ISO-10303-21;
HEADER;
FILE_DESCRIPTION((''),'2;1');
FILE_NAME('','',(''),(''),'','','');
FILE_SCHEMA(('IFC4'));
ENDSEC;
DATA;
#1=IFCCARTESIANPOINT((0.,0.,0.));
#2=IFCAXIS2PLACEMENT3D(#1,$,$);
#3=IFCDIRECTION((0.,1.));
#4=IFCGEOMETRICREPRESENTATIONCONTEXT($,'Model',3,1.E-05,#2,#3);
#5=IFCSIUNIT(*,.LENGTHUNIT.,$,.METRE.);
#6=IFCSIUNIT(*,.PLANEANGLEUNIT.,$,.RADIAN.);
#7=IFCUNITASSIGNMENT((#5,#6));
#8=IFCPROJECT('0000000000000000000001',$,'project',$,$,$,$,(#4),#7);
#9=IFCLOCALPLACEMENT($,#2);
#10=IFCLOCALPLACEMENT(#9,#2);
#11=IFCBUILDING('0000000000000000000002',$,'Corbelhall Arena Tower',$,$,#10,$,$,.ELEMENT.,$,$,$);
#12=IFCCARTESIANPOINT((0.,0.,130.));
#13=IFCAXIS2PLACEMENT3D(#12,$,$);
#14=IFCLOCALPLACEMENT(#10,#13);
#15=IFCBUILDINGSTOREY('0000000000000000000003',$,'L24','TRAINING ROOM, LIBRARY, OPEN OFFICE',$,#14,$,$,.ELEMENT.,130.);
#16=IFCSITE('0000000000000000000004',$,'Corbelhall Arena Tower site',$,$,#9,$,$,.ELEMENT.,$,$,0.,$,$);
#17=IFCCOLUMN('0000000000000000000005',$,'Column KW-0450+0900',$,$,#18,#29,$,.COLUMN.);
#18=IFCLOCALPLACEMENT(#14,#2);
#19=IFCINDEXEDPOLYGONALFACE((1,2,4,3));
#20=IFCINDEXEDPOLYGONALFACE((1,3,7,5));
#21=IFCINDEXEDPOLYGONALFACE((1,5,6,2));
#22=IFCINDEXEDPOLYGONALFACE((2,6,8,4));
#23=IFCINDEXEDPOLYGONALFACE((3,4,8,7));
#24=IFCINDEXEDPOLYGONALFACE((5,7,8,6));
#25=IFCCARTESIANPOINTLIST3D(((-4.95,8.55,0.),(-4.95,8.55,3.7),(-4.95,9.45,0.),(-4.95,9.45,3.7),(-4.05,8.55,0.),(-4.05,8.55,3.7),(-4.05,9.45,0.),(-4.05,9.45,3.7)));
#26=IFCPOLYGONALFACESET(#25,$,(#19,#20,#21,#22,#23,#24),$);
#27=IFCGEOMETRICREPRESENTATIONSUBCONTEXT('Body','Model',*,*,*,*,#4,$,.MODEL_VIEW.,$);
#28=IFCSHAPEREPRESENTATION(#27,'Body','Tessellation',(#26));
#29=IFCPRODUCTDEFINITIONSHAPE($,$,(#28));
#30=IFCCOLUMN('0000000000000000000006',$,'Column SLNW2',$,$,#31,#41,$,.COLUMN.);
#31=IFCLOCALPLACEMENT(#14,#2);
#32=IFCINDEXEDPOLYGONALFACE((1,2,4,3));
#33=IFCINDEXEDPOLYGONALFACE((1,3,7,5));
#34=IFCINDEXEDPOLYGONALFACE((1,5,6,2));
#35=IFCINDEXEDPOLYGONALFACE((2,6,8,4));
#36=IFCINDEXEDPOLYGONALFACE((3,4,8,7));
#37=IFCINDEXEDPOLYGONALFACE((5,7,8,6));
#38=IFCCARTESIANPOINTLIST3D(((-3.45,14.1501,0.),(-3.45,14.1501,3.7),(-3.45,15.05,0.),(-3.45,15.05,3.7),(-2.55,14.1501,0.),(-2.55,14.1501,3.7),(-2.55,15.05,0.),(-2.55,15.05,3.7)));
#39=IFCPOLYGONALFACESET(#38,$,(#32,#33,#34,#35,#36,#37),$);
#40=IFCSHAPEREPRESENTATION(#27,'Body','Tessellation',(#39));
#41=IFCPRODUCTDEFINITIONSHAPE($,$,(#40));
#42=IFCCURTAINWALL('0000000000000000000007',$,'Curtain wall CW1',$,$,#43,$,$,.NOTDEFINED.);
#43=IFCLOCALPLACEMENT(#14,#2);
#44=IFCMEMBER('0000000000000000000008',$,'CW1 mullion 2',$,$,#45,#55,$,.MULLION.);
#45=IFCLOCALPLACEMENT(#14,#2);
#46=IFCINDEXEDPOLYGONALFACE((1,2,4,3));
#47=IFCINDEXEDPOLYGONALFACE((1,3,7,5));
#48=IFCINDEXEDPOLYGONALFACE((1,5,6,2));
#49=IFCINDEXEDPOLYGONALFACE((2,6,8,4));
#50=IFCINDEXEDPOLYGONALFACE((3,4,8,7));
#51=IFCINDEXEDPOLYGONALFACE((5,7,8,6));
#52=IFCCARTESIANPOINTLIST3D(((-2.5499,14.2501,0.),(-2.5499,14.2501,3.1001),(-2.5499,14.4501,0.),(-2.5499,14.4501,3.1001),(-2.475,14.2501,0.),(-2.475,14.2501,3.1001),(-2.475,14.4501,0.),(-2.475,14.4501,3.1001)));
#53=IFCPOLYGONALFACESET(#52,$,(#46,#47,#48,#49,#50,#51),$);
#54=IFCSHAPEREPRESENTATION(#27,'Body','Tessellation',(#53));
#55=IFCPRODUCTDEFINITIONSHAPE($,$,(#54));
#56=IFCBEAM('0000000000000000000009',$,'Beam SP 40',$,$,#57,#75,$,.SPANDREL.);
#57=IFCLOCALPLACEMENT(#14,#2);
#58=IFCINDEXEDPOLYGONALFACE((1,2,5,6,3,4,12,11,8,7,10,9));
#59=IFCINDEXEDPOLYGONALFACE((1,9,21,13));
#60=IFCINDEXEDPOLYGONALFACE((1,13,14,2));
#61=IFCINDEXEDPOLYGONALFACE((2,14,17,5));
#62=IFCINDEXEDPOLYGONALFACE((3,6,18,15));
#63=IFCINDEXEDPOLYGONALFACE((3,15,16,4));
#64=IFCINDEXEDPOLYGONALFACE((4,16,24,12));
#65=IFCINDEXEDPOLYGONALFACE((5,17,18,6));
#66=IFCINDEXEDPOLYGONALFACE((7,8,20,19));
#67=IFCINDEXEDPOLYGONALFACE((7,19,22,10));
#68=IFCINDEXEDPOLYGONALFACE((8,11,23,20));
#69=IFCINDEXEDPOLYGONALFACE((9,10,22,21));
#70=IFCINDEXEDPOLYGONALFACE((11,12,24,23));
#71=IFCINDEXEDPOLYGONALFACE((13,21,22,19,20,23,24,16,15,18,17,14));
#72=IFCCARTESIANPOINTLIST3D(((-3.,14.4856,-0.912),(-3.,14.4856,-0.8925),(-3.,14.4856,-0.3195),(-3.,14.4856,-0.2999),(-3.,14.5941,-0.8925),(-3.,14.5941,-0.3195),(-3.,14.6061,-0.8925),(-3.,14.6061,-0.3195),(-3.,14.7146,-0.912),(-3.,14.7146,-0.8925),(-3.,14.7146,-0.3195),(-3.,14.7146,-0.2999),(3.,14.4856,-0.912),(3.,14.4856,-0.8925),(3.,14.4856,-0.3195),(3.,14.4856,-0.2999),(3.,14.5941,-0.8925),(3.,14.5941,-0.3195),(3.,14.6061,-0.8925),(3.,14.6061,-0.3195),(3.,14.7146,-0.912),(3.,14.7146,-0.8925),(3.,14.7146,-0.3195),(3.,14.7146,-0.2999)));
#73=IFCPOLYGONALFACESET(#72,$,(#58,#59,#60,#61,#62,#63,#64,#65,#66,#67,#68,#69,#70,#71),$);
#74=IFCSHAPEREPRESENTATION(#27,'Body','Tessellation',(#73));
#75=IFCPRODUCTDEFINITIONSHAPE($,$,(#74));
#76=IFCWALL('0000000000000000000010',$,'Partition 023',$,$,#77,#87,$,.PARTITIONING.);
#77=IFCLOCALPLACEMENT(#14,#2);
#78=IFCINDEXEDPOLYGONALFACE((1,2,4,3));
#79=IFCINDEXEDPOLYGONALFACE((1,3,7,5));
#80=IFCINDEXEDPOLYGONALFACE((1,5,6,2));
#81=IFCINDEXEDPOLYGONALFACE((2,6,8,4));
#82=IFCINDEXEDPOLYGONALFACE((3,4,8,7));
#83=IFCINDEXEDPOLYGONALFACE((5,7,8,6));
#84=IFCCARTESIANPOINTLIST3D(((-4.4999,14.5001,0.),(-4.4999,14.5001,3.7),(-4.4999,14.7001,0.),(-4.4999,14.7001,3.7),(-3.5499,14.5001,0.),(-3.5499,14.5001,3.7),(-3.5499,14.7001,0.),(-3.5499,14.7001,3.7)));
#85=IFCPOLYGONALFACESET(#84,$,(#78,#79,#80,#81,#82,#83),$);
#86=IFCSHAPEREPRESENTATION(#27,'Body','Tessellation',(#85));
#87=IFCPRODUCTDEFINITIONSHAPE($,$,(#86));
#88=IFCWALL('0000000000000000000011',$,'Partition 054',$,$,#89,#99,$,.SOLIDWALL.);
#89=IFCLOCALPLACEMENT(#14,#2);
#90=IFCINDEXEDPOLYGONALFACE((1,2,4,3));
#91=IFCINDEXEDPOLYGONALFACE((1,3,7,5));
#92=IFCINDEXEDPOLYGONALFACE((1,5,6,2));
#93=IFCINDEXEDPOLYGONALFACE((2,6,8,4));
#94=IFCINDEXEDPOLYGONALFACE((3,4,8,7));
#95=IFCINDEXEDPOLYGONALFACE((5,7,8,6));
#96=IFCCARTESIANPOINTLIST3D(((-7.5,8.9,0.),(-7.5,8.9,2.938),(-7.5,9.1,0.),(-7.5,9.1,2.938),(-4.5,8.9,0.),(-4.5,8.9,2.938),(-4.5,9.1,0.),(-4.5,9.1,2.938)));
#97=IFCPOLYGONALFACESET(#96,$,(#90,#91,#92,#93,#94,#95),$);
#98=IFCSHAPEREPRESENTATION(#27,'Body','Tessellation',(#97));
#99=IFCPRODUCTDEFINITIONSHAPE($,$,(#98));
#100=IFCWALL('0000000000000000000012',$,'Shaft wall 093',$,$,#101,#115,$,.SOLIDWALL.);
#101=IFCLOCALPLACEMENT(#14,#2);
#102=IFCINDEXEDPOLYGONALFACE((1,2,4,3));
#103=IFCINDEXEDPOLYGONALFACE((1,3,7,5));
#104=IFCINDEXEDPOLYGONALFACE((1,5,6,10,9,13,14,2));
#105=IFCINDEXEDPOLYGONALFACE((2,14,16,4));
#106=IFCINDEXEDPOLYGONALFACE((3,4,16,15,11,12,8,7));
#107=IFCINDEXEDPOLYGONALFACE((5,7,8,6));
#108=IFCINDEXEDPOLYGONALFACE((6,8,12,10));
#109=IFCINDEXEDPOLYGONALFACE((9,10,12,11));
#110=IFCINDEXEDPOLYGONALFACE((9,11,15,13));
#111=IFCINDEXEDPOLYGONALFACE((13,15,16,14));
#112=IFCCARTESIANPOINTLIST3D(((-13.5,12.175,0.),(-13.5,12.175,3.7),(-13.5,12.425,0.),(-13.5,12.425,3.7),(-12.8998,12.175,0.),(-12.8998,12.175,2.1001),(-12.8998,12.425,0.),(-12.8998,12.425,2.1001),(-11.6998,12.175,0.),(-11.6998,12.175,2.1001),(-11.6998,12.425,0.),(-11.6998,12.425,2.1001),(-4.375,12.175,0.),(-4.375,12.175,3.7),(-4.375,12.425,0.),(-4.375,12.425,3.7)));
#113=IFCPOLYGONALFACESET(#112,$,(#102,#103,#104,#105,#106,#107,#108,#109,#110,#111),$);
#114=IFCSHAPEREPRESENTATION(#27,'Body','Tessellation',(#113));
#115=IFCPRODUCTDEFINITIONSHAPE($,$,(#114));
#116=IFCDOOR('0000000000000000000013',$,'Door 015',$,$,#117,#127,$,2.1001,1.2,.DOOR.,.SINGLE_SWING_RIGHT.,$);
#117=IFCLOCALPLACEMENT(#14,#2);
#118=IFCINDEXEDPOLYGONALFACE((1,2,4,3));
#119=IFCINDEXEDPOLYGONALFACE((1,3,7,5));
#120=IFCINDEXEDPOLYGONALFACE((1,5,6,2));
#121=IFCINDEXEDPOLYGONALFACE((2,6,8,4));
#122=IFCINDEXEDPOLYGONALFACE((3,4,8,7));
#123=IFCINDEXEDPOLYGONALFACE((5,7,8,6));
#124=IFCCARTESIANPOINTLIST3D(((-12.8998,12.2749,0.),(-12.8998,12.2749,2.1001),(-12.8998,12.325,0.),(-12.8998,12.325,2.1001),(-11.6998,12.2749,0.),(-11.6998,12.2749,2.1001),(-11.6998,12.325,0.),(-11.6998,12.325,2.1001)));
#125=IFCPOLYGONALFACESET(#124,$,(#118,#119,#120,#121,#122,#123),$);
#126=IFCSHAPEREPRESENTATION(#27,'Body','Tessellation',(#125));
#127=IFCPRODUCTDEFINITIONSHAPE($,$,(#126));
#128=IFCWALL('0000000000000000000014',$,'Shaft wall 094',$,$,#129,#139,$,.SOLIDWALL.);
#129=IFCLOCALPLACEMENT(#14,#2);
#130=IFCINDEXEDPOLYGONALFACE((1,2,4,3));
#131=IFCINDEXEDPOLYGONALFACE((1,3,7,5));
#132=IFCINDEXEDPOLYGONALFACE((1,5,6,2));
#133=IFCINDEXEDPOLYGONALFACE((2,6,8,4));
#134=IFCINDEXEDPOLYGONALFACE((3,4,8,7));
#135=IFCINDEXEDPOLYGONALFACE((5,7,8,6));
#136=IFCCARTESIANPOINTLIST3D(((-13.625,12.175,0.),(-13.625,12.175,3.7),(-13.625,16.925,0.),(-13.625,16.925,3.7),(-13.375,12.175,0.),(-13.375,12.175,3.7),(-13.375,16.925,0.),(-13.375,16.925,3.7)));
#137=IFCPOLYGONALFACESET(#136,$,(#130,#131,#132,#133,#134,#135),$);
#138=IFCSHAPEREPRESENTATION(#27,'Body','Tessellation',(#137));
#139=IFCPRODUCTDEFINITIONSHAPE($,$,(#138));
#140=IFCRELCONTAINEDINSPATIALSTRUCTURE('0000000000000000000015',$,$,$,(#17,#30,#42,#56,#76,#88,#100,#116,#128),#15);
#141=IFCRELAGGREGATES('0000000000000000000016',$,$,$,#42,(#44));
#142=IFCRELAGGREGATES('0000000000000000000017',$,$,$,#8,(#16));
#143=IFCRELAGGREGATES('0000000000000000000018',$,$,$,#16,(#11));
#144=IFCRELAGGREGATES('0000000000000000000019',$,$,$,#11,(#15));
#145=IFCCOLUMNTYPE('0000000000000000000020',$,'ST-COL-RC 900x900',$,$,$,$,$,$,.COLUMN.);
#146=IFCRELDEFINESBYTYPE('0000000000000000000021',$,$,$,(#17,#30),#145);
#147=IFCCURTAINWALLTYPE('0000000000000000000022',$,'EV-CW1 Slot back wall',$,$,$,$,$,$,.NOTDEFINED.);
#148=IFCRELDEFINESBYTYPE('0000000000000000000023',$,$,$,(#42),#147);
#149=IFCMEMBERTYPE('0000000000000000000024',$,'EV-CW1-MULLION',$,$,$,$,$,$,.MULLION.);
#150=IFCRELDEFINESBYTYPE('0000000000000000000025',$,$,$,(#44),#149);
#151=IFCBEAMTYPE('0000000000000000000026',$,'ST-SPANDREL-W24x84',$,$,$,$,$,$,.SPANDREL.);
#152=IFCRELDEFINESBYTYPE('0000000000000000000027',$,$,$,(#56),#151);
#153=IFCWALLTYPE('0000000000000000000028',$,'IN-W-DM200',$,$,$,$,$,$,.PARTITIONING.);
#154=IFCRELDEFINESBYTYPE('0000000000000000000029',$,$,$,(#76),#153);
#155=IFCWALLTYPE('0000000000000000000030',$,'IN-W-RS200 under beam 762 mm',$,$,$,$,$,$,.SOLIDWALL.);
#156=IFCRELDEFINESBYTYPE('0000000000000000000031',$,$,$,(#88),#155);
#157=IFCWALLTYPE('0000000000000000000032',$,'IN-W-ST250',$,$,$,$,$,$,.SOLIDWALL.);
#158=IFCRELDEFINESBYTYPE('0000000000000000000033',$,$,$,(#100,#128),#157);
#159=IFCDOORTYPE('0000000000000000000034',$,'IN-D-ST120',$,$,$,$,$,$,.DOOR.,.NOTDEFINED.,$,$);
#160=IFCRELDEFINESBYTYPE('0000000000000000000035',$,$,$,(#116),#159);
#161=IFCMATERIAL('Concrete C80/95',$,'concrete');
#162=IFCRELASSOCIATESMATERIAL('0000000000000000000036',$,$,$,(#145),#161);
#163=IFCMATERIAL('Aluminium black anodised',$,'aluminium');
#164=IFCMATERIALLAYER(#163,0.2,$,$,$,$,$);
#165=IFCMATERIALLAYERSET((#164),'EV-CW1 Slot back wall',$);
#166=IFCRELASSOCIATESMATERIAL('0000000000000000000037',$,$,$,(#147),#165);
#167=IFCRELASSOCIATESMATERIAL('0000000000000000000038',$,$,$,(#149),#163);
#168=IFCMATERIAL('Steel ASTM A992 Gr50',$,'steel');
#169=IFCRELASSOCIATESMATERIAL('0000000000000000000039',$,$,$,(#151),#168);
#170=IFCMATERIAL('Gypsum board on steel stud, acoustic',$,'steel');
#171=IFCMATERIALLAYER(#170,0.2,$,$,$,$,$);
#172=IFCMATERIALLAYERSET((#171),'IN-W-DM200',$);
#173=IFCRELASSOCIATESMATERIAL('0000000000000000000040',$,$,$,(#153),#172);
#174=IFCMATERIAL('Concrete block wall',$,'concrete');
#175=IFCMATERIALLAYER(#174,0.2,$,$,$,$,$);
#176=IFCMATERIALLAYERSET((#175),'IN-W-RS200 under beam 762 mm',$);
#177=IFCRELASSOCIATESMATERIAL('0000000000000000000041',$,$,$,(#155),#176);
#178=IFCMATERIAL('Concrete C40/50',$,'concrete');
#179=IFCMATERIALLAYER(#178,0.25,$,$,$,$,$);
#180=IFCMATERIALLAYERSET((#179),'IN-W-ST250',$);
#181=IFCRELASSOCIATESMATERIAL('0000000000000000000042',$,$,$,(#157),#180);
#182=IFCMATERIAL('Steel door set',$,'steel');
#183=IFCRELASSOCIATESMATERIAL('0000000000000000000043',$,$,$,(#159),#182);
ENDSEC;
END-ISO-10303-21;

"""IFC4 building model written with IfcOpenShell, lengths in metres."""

from ifc_helpers import new_model, si_unit, direction, frame, frame_2d, origin, origin_2d, place, context, subcontext, project, spatial, rectangle, i_section, extrude, material, layer, layer_set, material_profile, profile_set, type_object, element, fill, aggregate, save


model = new_model("IFC4")

# Units and contexts
model_context = context("Model", 3, precision=1e-05, world=origin(), true_north=direction((0.0, 1.0)))
body_context = subcontext(model_context, "Body", "Model", "MODEL_VIEW")
ifc_project = project(units=[si_unit("LENGTHUNIT", "METRE"), si_unit("PLANEANGLEUNIT", "RADIAN")], contexts=[model_context])

# Site, building, storey
site_placement = place(None, origin())
site = spatial("IfcSite", under=ifc_project, at=site_placement, Name="Corbelhall Arena Tower site", CompositionType="ELEMENT", RefElevation=0.0)
building_placement = place(site_placement, origin())
building = spatial("IfcBuilding", under=site, at=building_placement, Name="Corbelhall Arena Tower", CompositionType="ELEMENT")
storey_placement = place(building_placement, frame((0.0, 0.0, 130.0)))
storey = spatial("IfcBuildingStorey", under=building, at=storey_placement, Name="L24", Description="TRAINING ROOM, LIBRARY, OPEN OFFICE", CompositionType="ELEMENT", Elevation=130.0)

# Columns
ifc_material_1 = material(Name="Concrete C80/95", Category="concrete")
ifc_material_profile_1 = material_profile(ifc_material_1, rectangle(XDim=0.8999, YDim=0.8999, at=origin_2d()))
ifc_profile_set_1 = profile_set([ifc_material_profile_1], Name="Concrete C80/95")
column_type = type_object("IfcColumnType", Name="ST-COL-RC 900x900", PredefinedType="COLUMN", material=ifc_profile_set_1)
for number, where, z_axis, x_axis, name in (
    (1, (-4.5, 9.0, 0.0), (0.0, 0.0, 1.0), (1.0, 0.0, 0.0), "Column KW-0450+0900"),
    (2, (-3.0, 14.6001, 0.0), (0.0, 0.0, 1.0), (1.0, 0.0, 0.0), "Column SLNW2"),
):
    element("IfcColumn", number, at=place(storey_placement, frame(where, z_axis=z_axis, x_axis=x_axis)), inside=storey, type_object=column_type, Name=name, PredefinedType="COLUMN", context=body_context, shape_type="SweptSolid", body=[
        extrude(rectangle(XDim=0.8999, YDim=0.8999, at=origin_2d()), origin(), (0.0, 0.0, 1.0), 3.7),
    ])

# Curtain wall, member
ifc_material_2 = material(Name="Aluminium black anodised", Category="aluminium")
ifc_layer_1 = layer(ifc_material_2, 0.2)
ifc_layer_set_1 = layer_set([ifc_layer_1], Name="EV-CW1 Slot back wall")
curtain_wall_type = type_object("IfcCurtainWallType", Name="EV-CW1 Slot back wall", PredefinedType="NOTDEFINED", material=ifc_layer_set_1)
curtain_wall_placement = place(storey_placement, origin())
curtain_wall = element("IfcCurtainWall", 3, at=curtain_wall_placement, inside=storey, type_object=curtain_wall_type, Name="Curtain wall CW1", PredefinedType="NOTDEFINED")
ifc_material_profile_2 = material_profile(ifc_material_2, rectangle(XDim=0.2, YDim=0.075, at=origin_2d()))
ifc_profile_set_2 = profile_set([ifc_material_profile_2], Name="Aluminium black anodised")
member_type = type_object("IfcMemberType", Name="EV-CW1-MULLION", PredefinedType="MULLION", material=ifc_profile_set_2)
member_placement = place(storey_placement, frame((-2.5125, 14.3501, 0.0), z_axis=(0.0, 0.0, 1.0), x_axis=(0.0, -1.0, 0.0)))
member = element("IfcMember", 4, at=member_placement, type_object=member_type, Name="CW1 mullion 2", PredefinedType="MULLION", context=body_context, shape_type="SweptSolid", body=[
    extrude(rectangle(XDim=0.2, YDim=0.075, at=origin_2d()), origin(), (0.0, 0.0, 1.0), 3.1001),
])
aggregate(curtain_wall, [member])

# Beam
ifc_material_3 = material(Name="Steel ASTM A992 Gr50", Category="steel")
ifc_material_profile_3 = material_profile(ifc_material_3, i_section(OverallWidth=0.229, OverallDepth=0.6121, WebThickness=0.012, FlangeThickness=0.0195, at=origin_2d()))
ifc_profile_set_3 = profile_set([ifc_material_profile_3], Name="Steel ASTM A992 Gr50")
beam_type = type_object("IfcBeamType", Name="ST-SPANDREL-W24x84", PredefinedType="SPANDREL", material=ifc_profile_set_3)
beam_placement = place(storey_placement, frame((-3.0, 14.6001, -0.606), z_axis=(1.0, 0.0, 0.0), x_axis=(0.0, 1.0, 0.0)))
element("IfcBeam", 5, at=beam_placement, inside=storey, type_object=beam_type, Name="Beam SP 40", PredefinedType="SPANDREL", context=body_context, shape_type="SweptSolid", body=[
    extrude(i_section(OverallWidth=0.229, OverallDepth=0.6121, WebThickness=0.012, FlangeThickness=0.0195, at=origin_2d()), origin(), (0.0, 0.0, 1.0), 6.0),
])

# Shared definitions
ifc_material_4 = material(Name="Gypsum board on steel stud, acoustic", Category="steel")
ifc_layer_2 = layer(ifc_material_4, 0.2)
ifc_layer_set_2 = layer_set([ifc_layer_2], Name="IN-W-DM200")
wall_type_1 = type_object("IfcWallType", Name="IN-W-DM200", PredefinedType="PARTITIONING", material=ifc_layer_set_2)
ifc_material_5 = material(Name="Steel door set", Category="steel")

# Walls
wall_1_placement = place(storey_placement, frame((-4.5, 14.6001, 0.0), z_axis=(0.0, 0.0, 1.0), x_axis=(1.0, 0.0, 0.0)))
element("IfcWall", 6, at=wall_1_placement, inside=storey, type_object=wall_type_1, Name="Partition 023", PredefinedType="PARTITIONING", context=body_context, shape_type="SweptSolid", body=[
    extrude(rectangle(XDim=0.95, YDim=0.2, at=frame_2d((0.4751, 0.0))), origin(), (0.0, 0.0, 1.0), 3.7),
])
ifc_material_6 = material(Name="Concrete block wall", Category="concrete")
ifc_layer_3 = layer(ifc_material_6, 0.2)
ifc_layer_set_3 = layer_set([ifc_layer_3], Name="IN-W-RS200 under beam 762 mm")
wall_type_2 = type_object("IfcWallType", Name="IN-W-RS200 under beam 762 mm", PredefinedType="SOLIDWALL", material=ifc_layer_set_3)
wall_2_placement = place(storey_placement, frame((-7.5, 9.0, 0.0), z_axis=(0.0, 0.0, 1.0), x_axis=(1.0, 0.0, 0.0)))
element("IfcWall", 7, at=wall_2_placement, inside=storey, type_object=wall_type_2, Name="Partition 054", PredefinedType="SOLIDWALL", context=body_context, shape_type="SweptSolid", body=[
    extrude(rectangle(XDim=3.0, YDim=0.2, at=frame_2d((1.5, 0.0))), origin(), (0.0, 0.0, 1.0), 2.938),
])

# Wall, opening, door
ifc_material_7 = material(Name="Concrete C40/50", Category="concrete")
ifc_layer_4 = layer(ifc_material_7, 0.25)
ifc_layer_set_4 = layer_set([ifc_layer_4], Name="IN-W-ST250")
wall_type_3 = type_object("IfcWallType", Name="IN-W-ST250", PredefinedType="SOLIDWALL", material=ifc_layer_set_4)
wall_3_placement = place(storey_placement, frame((-13.5, 12.3, 0.0), z_axis=(0.0, 0.0, 1.0), x_axis=(1.0, 0.0, 0.0)))
wall_3 = element("IfcWall", 8, at=wall_3_placement, inside=storey, type_object=wall_type_3, Name="Shaft wall 093", PredefinedType="SOLIDWALL", context=body_context, shape_type="SweptSolid", body=[
    extrude(rectangle(XDim=9.125, YDim=0.25, at=frame_2d((4.5625, 0.0))), origin(), (0.0, 0.0, 1.0), 3.7),
])
opening_1_placement = place(wall_3_placement, frame((0.6001, 0.0, 0.0)))
opening_1 = element("IfcOpeningElement", 9, at=opening_1_placement, cuts=wall_3, PredefinedType="OPENING", context=body_context, shape_type="SweptSolid", body=[
    extrude(rectangle(XDim=1.2, YDim=2.1001, at=frame_2d((0.6001, 1.05))), frame((0.0, 0.125, 0.0), z_axis=(0.0, -1.0, 0.0), x_axis=(1.0, 0.0, 0.0)), (0.0, 0.0, 1.0), 0.25),
])
door_type_1 = type_object("IfcDoorType", Name="IN-D-ST120", OperationType="NOTDEFINED", PredefinedType="DOOR", material=ifc_material_5)
door_1_placement = place(opening_1_placement, origin())
door_1 = element("IfcDoor", 10, at=door_1_placement, inside=storey, type_object=door_type_1, Name="Door 015", OperationType="SINGLE_SWING_RIGHT", OverallHeight=2.1001, OverallWidth=1.2, PredefinedType="DOOR", context=body_context, shape_type="SweptSolid", body=[
    extrude(rectangle(XDim=1.2, YDim=2.1001, at=frame_2d((0.6001, 1.05))), frame((0.0, 0.0249, 0.0), z_axis=(0.0, -1.0, 0.0), x_axis=(1.0, 0.0, 0.0)), (0.0, 0.0, 1.0), 0.05),
])
fill(opening_1, door_1)

# Wall
wall_4_placement = place(storey_placement, frame((-13.5, 12.175, 0.0), z_axis=(0.0, 0.0, 1.0), x_axis=(0.0, 1.0, 0.0)))
element("IfcWall", 11, at=wall_4_placement, inside=storey, type_object=wall_type_3, Name="Shaft wall 094", PredefinedType="SOLIDWALL", context=body_context, shape_type="SweptSolid", body=[
    extrude(rectangle(XDim=4.75, YDim=0.25, at=frame_2d((2.375, 0.0))), origin(), (0.0, 0.0, 1.0), 3.7),
])

save(model, "model.ifc")
